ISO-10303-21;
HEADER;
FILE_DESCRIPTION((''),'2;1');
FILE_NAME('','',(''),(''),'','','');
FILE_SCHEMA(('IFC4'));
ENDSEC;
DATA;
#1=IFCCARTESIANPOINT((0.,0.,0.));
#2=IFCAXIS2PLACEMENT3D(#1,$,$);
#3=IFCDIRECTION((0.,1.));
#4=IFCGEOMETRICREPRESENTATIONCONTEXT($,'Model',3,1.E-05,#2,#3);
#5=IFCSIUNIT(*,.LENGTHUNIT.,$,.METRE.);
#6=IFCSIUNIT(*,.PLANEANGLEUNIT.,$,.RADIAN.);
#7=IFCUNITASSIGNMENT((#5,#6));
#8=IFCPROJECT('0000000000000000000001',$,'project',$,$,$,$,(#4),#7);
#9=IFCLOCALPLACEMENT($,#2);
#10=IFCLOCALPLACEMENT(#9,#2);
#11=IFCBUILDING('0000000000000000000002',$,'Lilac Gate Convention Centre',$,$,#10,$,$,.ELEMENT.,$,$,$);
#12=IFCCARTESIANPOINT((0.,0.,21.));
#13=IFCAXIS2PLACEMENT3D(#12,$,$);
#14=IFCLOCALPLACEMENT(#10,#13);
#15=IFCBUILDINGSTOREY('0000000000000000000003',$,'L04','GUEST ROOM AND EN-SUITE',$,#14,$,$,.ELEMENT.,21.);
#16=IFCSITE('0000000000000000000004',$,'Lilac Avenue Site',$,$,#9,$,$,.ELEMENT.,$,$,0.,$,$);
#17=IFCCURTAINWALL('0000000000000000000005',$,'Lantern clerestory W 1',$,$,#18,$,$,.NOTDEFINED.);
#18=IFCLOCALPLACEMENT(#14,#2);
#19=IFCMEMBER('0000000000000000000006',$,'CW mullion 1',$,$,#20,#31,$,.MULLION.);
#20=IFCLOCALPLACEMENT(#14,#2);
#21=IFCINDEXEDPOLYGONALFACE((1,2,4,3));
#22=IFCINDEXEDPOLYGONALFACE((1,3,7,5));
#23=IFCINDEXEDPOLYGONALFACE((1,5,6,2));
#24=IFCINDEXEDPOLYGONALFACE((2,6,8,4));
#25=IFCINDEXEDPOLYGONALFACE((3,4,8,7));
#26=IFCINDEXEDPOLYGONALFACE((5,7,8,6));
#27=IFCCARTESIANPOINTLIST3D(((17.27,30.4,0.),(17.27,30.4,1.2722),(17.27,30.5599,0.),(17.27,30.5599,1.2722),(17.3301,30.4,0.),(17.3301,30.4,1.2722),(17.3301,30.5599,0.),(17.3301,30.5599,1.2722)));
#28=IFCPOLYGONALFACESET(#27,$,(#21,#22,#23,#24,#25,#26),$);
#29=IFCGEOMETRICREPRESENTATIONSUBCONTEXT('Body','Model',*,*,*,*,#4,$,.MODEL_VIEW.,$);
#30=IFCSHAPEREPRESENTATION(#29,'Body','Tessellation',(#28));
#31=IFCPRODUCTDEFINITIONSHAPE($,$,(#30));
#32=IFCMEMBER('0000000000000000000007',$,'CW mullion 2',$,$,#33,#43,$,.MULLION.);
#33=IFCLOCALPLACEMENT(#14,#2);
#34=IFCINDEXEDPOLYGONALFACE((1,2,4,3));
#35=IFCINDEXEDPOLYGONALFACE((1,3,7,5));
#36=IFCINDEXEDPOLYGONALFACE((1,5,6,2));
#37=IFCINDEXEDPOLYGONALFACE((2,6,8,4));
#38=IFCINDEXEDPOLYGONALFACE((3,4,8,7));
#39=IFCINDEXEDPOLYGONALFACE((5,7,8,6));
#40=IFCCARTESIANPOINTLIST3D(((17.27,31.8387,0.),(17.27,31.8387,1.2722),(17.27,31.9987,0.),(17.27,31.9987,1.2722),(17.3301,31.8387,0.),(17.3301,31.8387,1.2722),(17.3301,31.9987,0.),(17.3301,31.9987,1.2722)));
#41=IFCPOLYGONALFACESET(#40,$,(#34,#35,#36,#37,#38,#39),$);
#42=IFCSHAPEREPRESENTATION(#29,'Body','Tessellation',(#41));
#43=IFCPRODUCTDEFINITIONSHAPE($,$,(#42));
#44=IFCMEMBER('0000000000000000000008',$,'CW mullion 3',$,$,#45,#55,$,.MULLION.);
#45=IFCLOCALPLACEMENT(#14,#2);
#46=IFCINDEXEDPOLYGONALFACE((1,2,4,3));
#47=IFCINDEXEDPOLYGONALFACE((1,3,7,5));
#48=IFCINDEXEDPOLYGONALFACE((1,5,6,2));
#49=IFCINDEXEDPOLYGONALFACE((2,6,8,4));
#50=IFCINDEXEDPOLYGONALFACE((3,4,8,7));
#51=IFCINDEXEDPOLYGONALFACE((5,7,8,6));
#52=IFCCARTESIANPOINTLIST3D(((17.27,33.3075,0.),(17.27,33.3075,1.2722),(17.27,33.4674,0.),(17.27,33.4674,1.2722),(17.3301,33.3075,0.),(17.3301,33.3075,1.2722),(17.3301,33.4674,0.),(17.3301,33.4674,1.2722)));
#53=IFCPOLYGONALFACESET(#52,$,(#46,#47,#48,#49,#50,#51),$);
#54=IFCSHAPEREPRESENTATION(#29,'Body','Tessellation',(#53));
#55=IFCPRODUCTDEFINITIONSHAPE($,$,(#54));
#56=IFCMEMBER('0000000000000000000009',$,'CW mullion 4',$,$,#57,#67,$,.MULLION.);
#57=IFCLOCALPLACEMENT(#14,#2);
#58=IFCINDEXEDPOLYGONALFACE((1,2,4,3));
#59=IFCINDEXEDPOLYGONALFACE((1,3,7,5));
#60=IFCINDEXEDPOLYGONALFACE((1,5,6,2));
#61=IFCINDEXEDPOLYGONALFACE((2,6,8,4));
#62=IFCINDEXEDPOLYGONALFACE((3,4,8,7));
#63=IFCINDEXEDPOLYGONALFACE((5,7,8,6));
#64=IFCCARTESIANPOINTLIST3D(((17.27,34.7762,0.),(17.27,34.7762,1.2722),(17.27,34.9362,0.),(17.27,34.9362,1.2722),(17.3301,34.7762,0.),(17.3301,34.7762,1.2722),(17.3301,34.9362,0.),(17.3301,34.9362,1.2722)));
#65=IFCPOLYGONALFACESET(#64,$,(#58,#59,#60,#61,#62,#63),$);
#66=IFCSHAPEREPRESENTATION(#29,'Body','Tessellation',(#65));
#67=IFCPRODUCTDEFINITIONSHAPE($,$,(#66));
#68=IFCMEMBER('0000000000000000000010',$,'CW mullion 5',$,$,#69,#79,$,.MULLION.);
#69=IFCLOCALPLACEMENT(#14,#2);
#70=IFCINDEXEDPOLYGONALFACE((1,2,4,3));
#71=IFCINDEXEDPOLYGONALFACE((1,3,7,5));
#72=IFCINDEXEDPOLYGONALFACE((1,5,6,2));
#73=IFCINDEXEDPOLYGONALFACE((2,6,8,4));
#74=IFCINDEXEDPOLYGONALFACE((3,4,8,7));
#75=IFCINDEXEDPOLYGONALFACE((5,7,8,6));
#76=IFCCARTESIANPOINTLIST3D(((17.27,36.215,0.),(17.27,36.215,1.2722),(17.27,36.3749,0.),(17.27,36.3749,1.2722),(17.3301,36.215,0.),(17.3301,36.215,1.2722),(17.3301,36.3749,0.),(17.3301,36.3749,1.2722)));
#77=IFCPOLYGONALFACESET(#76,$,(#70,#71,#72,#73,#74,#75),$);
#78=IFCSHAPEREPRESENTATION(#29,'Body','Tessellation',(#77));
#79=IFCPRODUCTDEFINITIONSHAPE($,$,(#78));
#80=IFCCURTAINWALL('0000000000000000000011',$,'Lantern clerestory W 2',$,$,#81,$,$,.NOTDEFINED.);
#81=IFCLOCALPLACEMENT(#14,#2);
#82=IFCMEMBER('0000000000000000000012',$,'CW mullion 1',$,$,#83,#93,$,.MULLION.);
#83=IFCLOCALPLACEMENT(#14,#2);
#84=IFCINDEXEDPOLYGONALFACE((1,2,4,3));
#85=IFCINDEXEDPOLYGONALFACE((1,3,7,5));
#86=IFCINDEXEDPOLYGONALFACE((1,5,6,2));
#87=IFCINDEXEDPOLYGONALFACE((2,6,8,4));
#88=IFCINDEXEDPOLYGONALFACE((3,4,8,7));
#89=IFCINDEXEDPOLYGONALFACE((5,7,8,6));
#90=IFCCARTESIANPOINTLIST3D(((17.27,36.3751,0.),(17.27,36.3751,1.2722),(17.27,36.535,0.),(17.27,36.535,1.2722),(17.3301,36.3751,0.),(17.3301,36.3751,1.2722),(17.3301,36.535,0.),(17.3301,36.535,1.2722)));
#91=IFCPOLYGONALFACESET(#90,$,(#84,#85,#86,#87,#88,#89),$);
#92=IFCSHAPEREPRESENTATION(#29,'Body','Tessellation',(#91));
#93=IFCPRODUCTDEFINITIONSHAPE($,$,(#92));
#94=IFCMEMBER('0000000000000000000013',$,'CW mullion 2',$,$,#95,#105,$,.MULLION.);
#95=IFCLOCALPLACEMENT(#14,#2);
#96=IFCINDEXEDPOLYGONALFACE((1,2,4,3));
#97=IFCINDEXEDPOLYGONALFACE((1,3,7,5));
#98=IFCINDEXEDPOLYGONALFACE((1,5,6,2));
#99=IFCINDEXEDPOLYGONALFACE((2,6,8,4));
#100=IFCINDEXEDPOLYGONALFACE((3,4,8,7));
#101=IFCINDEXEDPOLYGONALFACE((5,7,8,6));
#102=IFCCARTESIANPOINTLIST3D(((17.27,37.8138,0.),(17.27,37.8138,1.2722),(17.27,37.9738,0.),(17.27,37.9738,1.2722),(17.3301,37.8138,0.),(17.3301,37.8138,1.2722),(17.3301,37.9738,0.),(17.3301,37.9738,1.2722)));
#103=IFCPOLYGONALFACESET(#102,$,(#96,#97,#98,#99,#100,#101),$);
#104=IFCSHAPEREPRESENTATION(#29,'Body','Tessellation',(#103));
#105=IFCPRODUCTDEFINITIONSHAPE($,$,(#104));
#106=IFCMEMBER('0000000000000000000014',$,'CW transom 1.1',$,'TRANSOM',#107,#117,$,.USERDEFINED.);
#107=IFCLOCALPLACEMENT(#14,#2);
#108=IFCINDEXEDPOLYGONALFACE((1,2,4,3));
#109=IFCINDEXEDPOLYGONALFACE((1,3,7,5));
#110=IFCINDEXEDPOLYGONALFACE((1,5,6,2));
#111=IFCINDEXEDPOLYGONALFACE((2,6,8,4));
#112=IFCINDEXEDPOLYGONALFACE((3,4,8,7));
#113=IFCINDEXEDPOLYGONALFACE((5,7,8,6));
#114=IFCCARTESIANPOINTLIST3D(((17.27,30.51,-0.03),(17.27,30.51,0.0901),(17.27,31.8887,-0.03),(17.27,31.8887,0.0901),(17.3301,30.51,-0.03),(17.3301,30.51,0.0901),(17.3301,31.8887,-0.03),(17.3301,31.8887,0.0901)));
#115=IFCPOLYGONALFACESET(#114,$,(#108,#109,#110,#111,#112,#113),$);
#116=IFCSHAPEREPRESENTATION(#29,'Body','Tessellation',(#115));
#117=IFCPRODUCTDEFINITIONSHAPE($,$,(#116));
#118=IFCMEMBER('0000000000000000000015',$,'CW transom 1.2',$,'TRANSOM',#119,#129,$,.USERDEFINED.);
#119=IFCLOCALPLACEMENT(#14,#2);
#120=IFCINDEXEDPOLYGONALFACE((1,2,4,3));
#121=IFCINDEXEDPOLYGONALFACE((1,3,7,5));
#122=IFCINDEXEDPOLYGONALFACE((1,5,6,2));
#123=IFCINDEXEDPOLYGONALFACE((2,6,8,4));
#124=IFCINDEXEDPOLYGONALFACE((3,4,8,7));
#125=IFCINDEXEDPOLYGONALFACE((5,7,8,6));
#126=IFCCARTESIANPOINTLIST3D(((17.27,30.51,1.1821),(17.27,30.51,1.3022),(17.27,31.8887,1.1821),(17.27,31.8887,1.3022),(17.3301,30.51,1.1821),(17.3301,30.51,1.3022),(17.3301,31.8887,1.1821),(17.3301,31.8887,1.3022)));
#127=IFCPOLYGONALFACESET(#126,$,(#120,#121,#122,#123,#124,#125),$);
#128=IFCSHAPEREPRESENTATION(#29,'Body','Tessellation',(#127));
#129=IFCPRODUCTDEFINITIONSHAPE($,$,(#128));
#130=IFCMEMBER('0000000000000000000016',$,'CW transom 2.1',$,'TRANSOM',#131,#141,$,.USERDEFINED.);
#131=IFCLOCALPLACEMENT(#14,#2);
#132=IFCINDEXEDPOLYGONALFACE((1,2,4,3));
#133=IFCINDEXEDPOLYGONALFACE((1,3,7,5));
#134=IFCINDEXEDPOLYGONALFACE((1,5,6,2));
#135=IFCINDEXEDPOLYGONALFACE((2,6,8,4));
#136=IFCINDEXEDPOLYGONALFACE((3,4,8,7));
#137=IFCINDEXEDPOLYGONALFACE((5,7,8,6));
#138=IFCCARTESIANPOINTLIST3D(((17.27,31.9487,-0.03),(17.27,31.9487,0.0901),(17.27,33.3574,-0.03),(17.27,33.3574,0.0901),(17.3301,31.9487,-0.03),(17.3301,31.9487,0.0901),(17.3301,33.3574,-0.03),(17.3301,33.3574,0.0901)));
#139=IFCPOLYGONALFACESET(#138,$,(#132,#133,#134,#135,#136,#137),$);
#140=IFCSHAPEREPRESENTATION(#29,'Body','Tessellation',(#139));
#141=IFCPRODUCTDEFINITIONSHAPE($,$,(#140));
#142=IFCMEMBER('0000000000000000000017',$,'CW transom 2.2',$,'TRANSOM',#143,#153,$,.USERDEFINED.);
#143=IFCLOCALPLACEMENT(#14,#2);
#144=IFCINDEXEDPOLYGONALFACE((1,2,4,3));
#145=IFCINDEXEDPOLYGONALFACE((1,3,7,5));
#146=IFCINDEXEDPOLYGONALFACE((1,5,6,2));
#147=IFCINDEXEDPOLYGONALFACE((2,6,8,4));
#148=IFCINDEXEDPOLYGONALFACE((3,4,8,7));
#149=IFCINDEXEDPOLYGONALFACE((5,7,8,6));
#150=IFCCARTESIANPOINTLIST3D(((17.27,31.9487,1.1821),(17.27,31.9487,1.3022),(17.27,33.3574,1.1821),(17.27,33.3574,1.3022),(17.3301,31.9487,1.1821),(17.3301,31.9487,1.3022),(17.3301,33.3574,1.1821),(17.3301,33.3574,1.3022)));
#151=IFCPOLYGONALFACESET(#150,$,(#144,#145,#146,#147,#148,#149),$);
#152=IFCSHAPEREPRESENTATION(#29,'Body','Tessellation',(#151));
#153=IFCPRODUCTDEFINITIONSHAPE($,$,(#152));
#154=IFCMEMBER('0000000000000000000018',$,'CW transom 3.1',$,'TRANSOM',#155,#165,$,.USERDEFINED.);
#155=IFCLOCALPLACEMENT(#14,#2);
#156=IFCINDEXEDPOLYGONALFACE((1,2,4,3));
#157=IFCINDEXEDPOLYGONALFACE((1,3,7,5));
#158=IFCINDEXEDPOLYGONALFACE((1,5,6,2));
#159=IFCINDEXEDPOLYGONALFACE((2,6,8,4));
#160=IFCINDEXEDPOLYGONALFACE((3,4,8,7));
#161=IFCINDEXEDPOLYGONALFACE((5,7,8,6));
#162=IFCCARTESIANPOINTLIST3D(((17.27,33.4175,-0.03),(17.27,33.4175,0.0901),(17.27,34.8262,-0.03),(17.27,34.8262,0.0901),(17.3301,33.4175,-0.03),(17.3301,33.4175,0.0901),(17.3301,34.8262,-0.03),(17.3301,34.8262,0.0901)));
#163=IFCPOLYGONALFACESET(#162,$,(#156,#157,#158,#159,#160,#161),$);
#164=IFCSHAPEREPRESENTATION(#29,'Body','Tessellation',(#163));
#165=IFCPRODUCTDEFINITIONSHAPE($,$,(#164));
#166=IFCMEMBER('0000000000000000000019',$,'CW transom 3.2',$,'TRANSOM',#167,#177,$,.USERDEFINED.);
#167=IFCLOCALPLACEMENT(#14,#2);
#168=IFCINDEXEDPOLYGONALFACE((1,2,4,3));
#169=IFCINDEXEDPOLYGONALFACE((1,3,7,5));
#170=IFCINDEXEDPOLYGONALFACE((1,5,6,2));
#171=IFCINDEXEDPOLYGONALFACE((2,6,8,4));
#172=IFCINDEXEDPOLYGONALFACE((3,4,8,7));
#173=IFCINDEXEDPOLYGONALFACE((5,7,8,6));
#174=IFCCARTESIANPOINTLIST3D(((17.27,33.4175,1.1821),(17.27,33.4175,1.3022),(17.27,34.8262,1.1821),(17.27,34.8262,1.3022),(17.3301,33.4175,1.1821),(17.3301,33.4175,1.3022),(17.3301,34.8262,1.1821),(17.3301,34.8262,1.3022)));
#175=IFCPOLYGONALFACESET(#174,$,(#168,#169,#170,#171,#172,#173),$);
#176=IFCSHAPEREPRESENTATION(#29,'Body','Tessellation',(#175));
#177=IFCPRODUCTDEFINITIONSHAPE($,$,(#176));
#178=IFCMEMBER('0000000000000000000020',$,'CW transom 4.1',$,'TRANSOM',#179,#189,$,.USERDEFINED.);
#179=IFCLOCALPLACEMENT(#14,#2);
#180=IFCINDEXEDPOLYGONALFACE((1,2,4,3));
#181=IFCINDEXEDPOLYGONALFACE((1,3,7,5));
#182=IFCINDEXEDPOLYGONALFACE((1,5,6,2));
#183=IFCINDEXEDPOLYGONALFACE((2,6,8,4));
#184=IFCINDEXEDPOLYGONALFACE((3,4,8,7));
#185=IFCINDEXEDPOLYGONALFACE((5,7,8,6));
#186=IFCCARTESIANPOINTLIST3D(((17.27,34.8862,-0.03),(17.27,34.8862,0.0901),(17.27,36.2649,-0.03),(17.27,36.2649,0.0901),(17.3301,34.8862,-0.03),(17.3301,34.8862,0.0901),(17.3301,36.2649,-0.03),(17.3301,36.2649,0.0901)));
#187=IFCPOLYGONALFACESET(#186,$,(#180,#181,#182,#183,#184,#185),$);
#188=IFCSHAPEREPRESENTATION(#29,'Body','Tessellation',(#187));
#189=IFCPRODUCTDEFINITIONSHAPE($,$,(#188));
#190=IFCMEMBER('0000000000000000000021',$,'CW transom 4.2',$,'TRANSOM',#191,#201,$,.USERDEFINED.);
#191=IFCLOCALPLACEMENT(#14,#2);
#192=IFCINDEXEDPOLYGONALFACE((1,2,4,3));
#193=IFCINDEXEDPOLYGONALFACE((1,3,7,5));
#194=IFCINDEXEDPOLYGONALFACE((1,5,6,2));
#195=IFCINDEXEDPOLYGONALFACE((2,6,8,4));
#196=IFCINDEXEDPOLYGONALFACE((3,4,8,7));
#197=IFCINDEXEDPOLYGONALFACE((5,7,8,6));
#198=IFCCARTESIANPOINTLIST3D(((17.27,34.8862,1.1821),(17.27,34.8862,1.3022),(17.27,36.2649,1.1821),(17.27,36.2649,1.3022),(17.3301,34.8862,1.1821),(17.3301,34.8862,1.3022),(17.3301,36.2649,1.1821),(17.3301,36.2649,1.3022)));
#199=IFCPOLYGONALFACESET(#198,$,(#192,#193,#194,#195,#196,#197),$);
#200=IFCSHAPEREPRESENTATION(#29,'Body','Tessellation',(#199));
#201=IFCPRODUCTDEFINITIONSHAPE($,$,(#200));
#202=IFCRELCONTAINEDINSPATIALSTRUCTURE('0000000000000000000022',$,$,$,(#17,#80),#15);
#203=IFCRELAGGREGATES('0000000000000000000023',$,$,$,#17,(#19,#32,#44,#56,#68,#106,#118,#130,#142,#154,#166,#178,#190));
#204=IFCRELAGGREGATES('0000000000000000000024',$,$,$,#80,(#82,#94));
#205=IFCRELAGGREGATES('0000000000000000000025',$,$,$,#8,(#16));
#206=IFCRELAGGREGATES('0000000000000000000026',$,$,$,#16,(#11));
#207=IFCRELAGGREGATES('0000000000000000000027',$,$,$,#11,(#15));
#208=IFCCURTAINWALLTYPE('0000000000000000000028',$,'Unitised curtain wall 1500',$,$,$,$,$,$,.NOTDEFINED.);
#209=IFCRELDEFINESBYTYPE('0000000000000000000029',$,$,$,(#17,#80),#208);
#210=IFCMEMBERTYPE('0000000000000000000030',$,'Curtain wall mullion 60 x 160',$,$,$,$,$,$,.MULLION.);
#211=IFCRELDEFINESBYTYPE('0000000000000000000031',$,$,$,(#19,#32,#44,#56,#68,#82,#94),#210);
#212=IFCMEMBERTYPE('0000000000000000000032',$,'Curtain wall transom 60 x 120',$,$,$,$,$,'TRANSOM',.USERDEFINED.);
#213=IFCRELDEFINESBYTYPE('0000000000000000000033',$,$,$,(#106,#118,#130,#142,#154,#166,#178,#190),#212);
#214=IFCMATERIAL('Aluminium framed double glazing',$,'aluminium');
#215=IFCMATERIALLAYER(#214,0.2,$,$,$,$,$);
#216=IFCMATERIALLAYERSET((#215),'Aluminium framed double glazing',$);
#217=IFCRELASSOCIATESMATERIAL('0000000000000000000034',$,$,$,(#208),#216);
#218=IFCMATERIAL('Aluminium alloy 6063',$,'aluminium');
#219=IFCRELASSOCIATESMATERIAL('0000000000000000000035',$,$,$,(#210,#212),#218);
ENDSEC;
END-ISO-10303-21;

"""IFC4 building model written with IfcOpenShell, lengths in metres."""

from ifc_helpers import new_model, si_unit, direction, frame, origin, origin_2d, place, context, subcontext, project, spatial, rectangle, extrude, material, layer, layer_set, material_profile, profile_set, type_object, element, aggregate, save


model = new_model("IFC4")

# Units and contexts
model_context = context("Model", 3, precision=1e-05, world=origin(), true_north=direction((0.0, 1.0)))
body_context = subcontext(model_context, "Body", "Model", "MODEL_VIEW")
ifc_project = project(units=[si_unit("LENGTHUNIT", "METRE"), si_unit("PLANEANGLEUNIT", "RADIAN")], contexts=[model_context])

# Site, building, storey
site_placement = place(None, origin())
site = spatial("IfcSite", under=ifc_project, at=site_placement, Name="Lilac Avenue Site", CompositionType="ELEMENT", RefElevation=0.0)
building_placement = place(site_placement, origin())
building = spatial("IfcBuilding", under=site, at=building_placement, Name="Lilac Gate Convention Centre", CompositionType="ELEMENT")
storey_placement = place(building_placement, frame((0.0, 0.0, 21.0)))
storey = spatial("IfcBuildingStorey", under=building, at=storey_placement, Name="L04", Description="GUEST ROOM AND EN-SUITE", CompositionType="ELEMENT", Elevation=21.0)

# Curtain walls, members
ifc_material_1 = material(Name="Aluminium framed double glazing", Category="aluminium")
ifc_layer_1 = layer(ifc_material_1, 0.2)
ifc_layer_set_1 = layer_set([ifc_layer_1], Name="Aluminium framed double glazing")
curtain_wall_type = type_object("IfcCurtainWallType", Name="Unitised curtain wall 1500", PredefinedType="NOTDEFINED", material=ifc_layer_set_1)
curtain_wall_1_placement = place(storey_placement, origin())
curtain_wall_1 = element("IfcCurtainWall", 1, at=curtain_wall_1_placement, inside=storey, type_object=curtain_wall_type, Name="Lantern clerestory W 1", PredefinedType="NOTDEFINED")
ifc_material_2 = material(Name="Aluminium alloy 6063", Category="aluminium")
ifc_material_profile_1 = material_profile(ifc_material_2, rectangle(XDim=0.0601, YDim=0.1599, at=origin_2d()), Name="Curtain wall mullion 60 x 160")
ifc_profile_set_1 = profile_set([ifc_material_profile_1], Name="Aluminium alloy 6063")
member_type_1 = type_object("IfcMemberType", Name="Curtain wall mullion 60 x 160", PredefinedType="MULLION", material=ifc_profile_set_1)
member_1_placement = place(storey_placement, frame((17.3, 30.48, 0.0), z_axis=(0.0, 0.0, 1.0), x_axis=(-1.0, 0.0, 0.0)))
member_1 = element("IfcMember", 2, at=member_1_placement, type_object=member_type_1, Name="CW mullion 1", PredefinedType="MULLION", context=body_context, shape_type="SweptSolid", body=[
    extrude(rectangle(XDim=0.0601, YDim=0.1599, at=origin_2d()), origin(), (0.0, 0.0, 1.0), 1.2722),
])
member_2_placement = place(storey_placement, frame((17.3, 31.9187, 0.0), z_axis=(0.0, 0.0, 1.0), x_axis=(-1.0, 0.0, 0.0)))
member_2 = element("IfcMember", 3, at=member_2_placement, type_object=member_type_1, Name="CW mullion 2", PredefinedType="MULLION", context=body_context, shape_type="SweptSolid", body=[
    extrude(rectangle(XDim=0.0601, YDim=0.1599, at=origin_2d()), origin(), (0.0, 0.0, 1.0), 1.2722),
])
member_3_placement = place(storey_placement, frame((17.3, 33.3875, 0.0), z_axis=(0.0, 0.0, 1.0), x_axis=(-1.0, 0.0, 0.0)))
member_3 = element("IfcMember", 4, at=member_3_placement, type_object=member_type_1, Name="CW mullion 3", PredefinedType="MULLION", context=body_context, shape_type="SweptSolid", body=[
    extrude(rectangle(XDim=0.0601, YDim=0.1599, at=origin_2d()), origin(), (0.0, 0.0, 1.0), 1.2722),
])
member_4_placement = place(storey_placement, frame((17.3, 34.8562, 0.0), z_axis=(0.0, 0.0, 1.0), x_axis=(-1.0, 0.0, 0.0)))
member_4 = element("IfcMember", 5, at=member_4_placement, type_object=member_type_1, Name="CW mullion 4", PredefinedType="MULLION", context=body_context, shape_type="SweptSolid", body=[
    extrude(rectangle(XDim=0.0601, YDim=0.1599, at=origin_2d()), origin(), (0.0, 0.0, 1.0), 1.2722),
])
member_5_placement = place(storey_placement, frame((17.3, 36.2949, 0.0), z_axis=(0.0, 0.0, 1.0), x_axis=(-1.0, 0.0, 0.0)))
member_5 = element("IfcMember", 6, at=member_5_placement, type_object=member_type_1, Name="CW mullion 5", PredefinedType="MULLION", context=body_context, shape_type="SweptSolid", body=[
    extrude(rectangle(XDim=0.0601, YDim=0.1599, at=origin_2d()), origin(), (0.0, 0.0, 1.0), 1.2722),
])
curtain_wall_2_placement = place(storey_placement, origin())
curtain_wall_2 = element("IfcCurtainWall", 7, at=curtain_wall_2_placement, inside=storey, type_object=curtain_wall_type, Name="Lantern clerestory W 2", PredefinedType="NOTDEFINED")
member_6_placement = place(storey_placement, frame((17.3, 36.4551, 0.0), z_axis=(0.0, 0.0, 1.0), x_axis=(-1.0, 0.0, 0.0)))
member_6 = element("IfcMember", 8, at=member_6_placement, type_object=member_type_1, Name="CW mullion 1", PredefinedType="MULLION", context=body_context, shape_type="SweptSolid", body=[
    extrude(rectangle(XDim=0.0601, YDim=0.1599, at=origin_2d()), origin(), (0.0, 0.0, 1.0), 1.2722),
])
member_7_placement = place(storey_placement, frame((17.3, 37.8938, 0.0), z_axis=(0.0, 0.0, 1.0), x_axis=(-1.0, 0.0, 0.0)))
member_7 = element("IfcMember", 9, at=member_7_placement, type_object=member_type_1, Name="CW mullion 2", PredefinedType="MULLION", context=body_context, shape_type="SweptSolid", body=[
    extrude(rectangle(XDim=0.0601, YDim=0.1599, at=origin_2d()), origin(), (0.0, 0.0, 1.0), 1.2722),
])

# Members
ifc_material_profile_2 = material_profile(ifc_material_2, rectangle(XDim=0.0601, YDim=0.1201, at=origin_2d()), Name="Curtain wall transom 60 x 120")
ifc_profile_set_2 = profile_set([ifc_material_profile_2], Name="Aluminium alloy 6063")
member_type_2 = type_object("IfcMemberType", Name="Curtain wall transom 60 x 120", ElementType="TRANSOM", PredefinedType="USERDEFINED", material=ifc_profile_set_2)
member_8_placement = place(storey_placement, frame((17.3, 30.51, 0.03), z_axis=(0.0, 1.0, 0.0), x_axis=(-1.0, 0.0, 0.0)))
member_8 = element("IfcMember", 10, at=member_8_placement, type_object=member_type_2, Name="CW transom 1.1", ObjectType="TRANSOM", PredefinedType="USERDEFINED", context=body_context, shape_type="SweptSolid", body=[
    extrude(rectangle(XDim=0.0601, YDim=0.1201, at=origin_2d()), origin(), (0.0, 0.0, 1.0), 1.3787),
])
member_9_placement = place(storey_placement, frame((17.3, 30.51, 1.2422), z_axis=(0.0, 1.0, 0.0), x_axis=(-1.0, 0.0, 0.0)))
member_9 = element("IfcMember", 11, at=member_9_placement, type_object=member_type_2, Name="CW transom 1.2", ObjectType="TRANSOM", PredefinedType="USERDEFINED", context=body_context, shape_type="SweptSolid", body=[
    extrude(rectangle(XDim=0.0601, YDim=0.1201, at=origin_2d()), origin(), (0.0, 0.0, 1.0), 1.3787),
])
member_10_placement = place(storey_placement, frame((17.3, 31.9487, 0.03), z_axis=(0.0, 1.0, 0.0), x_axis=(-1.0, 0.0, 0.0)))
member_10 = element("IfcMember", 12, at=member_10_placement, type_object=member_type_2, Name="CW transom 2.1", ObjectType="TRANSOM", PredefinedType="USERDEFINED", context=body_context, shape_type="SweptSolid", body=[
    extrude(rectangle(XDim=0.0601, YDim=0.1201, at=origin_2d()), origin(), (0.0, 0.0, 1.0), 1.4087),
])
member_11_placement = place(storey_placement, frame((17.3, 31.9487, 1.2422), z_axis=(0.0, 1.0, 0.0), x_axis=(-1.0, 0.0, 0.0)))
member_11 = element("IfcMember", 13, at=member_11_placement, type_object=member_type_2, Name="CW transom 2.2", ObjectType="TRANSOM", PredefinedType="USERDEFINED", context=body_context, shape_type="SweptSolid", body=[
    extrude(rectangle(XDim=0.0601, YDim=0.1201, at=origin_2d()), origin(), (0.0, 0.0, 1.0), 1.4087),
])
member_12_placement = place(storey_placement, frame((17.3, 33.4175, 0.03), z_axis=(0.0, 1.0, 0.0), x_axis=(-1.0, 0.0, 0.0)))
member_12 = element("IfcMember", 14, at=member_12_placement, type_object=member_type_2, Name="CW transom 3.1", ObjectType="TRANSOM", PredefinedType="USERDEFINED", context=body_context, shape_type="SweptSolid", body=[
    extrude(rectangle(XDim=0.0601, YDim=0.1201, at=origin_2d()), origin(), (0.0, 0.0, 1.0), 1.4087),
])
member_13_placement = place(storey_placement, frame((17.3, 33.4175, 1.2422), z_axis=(0.0, 1.0, 0.0), x_axis=(-1.0, 0.0, 0.0)))
member_13 = element("IfcMember", 15, at=member_13_placement, type_object=member_type_2, Name="CW transom 3.2", ObjectType="TRANSOM", PredefinedType="USERDEFINED", context=body_context, shape_type="SweptSolid", body=[
    extrude(rectangle(XDim=0.0601, YDim=0.1201, at=origin_2d()), origin(), (0.0, 0.0, 1.0), 1.4087),
])
member_14_placement = place(storey_placement, frame((17.3, 34.8862, 0.03), z_axis=(0.0, 1.0, 0.0), x_axis=(-1.0, 0.0, 0.0)))
member_14 = element("IfcMember", 16, at=member_14_placement, type_object=member_type_2, Name="CW transom 4.1", ObjectType="TRANSOM", PredefinedType="USERDEFINED", context=body_context, shape_type="SweptSolid", body=[
    extrude(rectangle(XDim=0.0601, YDim=0.1201, at=origin_2d()), origin(), (0.0, 0.0, 1.0), 1.3787),
])
member_15_placement = place(storey_placement, frame((17.3, 34.8862, 1.2422), z_axis=(0.0, 1.0, 0.0), x_axis=(-1.0, 0.0, 0.0)))
member_15 = element("IfcMember", 17, at=member_15_placement, type_object=member_type_2, Name="CW transom 4.2", ObjectType="TRANSOM", PredefinedType="USERDEFINED", context=body_context, shape_type="SweptSolid", body=[
    extrude(rectangle(XDim=0.0601, YDim=0.1201, at=origin_2d()), origin(), (0.0, 0.0, 1.0), 1.3787),
])

aggregate(curtain_wall_1, [member_1, member_2, member_3, member_4, member_5, member_8, member_9, member_10, member_11, member_12, member_13, member_14, member_15])
aggregate(curtain_wall_2, [member_6, member_7])

save(model, "model.ifc")
